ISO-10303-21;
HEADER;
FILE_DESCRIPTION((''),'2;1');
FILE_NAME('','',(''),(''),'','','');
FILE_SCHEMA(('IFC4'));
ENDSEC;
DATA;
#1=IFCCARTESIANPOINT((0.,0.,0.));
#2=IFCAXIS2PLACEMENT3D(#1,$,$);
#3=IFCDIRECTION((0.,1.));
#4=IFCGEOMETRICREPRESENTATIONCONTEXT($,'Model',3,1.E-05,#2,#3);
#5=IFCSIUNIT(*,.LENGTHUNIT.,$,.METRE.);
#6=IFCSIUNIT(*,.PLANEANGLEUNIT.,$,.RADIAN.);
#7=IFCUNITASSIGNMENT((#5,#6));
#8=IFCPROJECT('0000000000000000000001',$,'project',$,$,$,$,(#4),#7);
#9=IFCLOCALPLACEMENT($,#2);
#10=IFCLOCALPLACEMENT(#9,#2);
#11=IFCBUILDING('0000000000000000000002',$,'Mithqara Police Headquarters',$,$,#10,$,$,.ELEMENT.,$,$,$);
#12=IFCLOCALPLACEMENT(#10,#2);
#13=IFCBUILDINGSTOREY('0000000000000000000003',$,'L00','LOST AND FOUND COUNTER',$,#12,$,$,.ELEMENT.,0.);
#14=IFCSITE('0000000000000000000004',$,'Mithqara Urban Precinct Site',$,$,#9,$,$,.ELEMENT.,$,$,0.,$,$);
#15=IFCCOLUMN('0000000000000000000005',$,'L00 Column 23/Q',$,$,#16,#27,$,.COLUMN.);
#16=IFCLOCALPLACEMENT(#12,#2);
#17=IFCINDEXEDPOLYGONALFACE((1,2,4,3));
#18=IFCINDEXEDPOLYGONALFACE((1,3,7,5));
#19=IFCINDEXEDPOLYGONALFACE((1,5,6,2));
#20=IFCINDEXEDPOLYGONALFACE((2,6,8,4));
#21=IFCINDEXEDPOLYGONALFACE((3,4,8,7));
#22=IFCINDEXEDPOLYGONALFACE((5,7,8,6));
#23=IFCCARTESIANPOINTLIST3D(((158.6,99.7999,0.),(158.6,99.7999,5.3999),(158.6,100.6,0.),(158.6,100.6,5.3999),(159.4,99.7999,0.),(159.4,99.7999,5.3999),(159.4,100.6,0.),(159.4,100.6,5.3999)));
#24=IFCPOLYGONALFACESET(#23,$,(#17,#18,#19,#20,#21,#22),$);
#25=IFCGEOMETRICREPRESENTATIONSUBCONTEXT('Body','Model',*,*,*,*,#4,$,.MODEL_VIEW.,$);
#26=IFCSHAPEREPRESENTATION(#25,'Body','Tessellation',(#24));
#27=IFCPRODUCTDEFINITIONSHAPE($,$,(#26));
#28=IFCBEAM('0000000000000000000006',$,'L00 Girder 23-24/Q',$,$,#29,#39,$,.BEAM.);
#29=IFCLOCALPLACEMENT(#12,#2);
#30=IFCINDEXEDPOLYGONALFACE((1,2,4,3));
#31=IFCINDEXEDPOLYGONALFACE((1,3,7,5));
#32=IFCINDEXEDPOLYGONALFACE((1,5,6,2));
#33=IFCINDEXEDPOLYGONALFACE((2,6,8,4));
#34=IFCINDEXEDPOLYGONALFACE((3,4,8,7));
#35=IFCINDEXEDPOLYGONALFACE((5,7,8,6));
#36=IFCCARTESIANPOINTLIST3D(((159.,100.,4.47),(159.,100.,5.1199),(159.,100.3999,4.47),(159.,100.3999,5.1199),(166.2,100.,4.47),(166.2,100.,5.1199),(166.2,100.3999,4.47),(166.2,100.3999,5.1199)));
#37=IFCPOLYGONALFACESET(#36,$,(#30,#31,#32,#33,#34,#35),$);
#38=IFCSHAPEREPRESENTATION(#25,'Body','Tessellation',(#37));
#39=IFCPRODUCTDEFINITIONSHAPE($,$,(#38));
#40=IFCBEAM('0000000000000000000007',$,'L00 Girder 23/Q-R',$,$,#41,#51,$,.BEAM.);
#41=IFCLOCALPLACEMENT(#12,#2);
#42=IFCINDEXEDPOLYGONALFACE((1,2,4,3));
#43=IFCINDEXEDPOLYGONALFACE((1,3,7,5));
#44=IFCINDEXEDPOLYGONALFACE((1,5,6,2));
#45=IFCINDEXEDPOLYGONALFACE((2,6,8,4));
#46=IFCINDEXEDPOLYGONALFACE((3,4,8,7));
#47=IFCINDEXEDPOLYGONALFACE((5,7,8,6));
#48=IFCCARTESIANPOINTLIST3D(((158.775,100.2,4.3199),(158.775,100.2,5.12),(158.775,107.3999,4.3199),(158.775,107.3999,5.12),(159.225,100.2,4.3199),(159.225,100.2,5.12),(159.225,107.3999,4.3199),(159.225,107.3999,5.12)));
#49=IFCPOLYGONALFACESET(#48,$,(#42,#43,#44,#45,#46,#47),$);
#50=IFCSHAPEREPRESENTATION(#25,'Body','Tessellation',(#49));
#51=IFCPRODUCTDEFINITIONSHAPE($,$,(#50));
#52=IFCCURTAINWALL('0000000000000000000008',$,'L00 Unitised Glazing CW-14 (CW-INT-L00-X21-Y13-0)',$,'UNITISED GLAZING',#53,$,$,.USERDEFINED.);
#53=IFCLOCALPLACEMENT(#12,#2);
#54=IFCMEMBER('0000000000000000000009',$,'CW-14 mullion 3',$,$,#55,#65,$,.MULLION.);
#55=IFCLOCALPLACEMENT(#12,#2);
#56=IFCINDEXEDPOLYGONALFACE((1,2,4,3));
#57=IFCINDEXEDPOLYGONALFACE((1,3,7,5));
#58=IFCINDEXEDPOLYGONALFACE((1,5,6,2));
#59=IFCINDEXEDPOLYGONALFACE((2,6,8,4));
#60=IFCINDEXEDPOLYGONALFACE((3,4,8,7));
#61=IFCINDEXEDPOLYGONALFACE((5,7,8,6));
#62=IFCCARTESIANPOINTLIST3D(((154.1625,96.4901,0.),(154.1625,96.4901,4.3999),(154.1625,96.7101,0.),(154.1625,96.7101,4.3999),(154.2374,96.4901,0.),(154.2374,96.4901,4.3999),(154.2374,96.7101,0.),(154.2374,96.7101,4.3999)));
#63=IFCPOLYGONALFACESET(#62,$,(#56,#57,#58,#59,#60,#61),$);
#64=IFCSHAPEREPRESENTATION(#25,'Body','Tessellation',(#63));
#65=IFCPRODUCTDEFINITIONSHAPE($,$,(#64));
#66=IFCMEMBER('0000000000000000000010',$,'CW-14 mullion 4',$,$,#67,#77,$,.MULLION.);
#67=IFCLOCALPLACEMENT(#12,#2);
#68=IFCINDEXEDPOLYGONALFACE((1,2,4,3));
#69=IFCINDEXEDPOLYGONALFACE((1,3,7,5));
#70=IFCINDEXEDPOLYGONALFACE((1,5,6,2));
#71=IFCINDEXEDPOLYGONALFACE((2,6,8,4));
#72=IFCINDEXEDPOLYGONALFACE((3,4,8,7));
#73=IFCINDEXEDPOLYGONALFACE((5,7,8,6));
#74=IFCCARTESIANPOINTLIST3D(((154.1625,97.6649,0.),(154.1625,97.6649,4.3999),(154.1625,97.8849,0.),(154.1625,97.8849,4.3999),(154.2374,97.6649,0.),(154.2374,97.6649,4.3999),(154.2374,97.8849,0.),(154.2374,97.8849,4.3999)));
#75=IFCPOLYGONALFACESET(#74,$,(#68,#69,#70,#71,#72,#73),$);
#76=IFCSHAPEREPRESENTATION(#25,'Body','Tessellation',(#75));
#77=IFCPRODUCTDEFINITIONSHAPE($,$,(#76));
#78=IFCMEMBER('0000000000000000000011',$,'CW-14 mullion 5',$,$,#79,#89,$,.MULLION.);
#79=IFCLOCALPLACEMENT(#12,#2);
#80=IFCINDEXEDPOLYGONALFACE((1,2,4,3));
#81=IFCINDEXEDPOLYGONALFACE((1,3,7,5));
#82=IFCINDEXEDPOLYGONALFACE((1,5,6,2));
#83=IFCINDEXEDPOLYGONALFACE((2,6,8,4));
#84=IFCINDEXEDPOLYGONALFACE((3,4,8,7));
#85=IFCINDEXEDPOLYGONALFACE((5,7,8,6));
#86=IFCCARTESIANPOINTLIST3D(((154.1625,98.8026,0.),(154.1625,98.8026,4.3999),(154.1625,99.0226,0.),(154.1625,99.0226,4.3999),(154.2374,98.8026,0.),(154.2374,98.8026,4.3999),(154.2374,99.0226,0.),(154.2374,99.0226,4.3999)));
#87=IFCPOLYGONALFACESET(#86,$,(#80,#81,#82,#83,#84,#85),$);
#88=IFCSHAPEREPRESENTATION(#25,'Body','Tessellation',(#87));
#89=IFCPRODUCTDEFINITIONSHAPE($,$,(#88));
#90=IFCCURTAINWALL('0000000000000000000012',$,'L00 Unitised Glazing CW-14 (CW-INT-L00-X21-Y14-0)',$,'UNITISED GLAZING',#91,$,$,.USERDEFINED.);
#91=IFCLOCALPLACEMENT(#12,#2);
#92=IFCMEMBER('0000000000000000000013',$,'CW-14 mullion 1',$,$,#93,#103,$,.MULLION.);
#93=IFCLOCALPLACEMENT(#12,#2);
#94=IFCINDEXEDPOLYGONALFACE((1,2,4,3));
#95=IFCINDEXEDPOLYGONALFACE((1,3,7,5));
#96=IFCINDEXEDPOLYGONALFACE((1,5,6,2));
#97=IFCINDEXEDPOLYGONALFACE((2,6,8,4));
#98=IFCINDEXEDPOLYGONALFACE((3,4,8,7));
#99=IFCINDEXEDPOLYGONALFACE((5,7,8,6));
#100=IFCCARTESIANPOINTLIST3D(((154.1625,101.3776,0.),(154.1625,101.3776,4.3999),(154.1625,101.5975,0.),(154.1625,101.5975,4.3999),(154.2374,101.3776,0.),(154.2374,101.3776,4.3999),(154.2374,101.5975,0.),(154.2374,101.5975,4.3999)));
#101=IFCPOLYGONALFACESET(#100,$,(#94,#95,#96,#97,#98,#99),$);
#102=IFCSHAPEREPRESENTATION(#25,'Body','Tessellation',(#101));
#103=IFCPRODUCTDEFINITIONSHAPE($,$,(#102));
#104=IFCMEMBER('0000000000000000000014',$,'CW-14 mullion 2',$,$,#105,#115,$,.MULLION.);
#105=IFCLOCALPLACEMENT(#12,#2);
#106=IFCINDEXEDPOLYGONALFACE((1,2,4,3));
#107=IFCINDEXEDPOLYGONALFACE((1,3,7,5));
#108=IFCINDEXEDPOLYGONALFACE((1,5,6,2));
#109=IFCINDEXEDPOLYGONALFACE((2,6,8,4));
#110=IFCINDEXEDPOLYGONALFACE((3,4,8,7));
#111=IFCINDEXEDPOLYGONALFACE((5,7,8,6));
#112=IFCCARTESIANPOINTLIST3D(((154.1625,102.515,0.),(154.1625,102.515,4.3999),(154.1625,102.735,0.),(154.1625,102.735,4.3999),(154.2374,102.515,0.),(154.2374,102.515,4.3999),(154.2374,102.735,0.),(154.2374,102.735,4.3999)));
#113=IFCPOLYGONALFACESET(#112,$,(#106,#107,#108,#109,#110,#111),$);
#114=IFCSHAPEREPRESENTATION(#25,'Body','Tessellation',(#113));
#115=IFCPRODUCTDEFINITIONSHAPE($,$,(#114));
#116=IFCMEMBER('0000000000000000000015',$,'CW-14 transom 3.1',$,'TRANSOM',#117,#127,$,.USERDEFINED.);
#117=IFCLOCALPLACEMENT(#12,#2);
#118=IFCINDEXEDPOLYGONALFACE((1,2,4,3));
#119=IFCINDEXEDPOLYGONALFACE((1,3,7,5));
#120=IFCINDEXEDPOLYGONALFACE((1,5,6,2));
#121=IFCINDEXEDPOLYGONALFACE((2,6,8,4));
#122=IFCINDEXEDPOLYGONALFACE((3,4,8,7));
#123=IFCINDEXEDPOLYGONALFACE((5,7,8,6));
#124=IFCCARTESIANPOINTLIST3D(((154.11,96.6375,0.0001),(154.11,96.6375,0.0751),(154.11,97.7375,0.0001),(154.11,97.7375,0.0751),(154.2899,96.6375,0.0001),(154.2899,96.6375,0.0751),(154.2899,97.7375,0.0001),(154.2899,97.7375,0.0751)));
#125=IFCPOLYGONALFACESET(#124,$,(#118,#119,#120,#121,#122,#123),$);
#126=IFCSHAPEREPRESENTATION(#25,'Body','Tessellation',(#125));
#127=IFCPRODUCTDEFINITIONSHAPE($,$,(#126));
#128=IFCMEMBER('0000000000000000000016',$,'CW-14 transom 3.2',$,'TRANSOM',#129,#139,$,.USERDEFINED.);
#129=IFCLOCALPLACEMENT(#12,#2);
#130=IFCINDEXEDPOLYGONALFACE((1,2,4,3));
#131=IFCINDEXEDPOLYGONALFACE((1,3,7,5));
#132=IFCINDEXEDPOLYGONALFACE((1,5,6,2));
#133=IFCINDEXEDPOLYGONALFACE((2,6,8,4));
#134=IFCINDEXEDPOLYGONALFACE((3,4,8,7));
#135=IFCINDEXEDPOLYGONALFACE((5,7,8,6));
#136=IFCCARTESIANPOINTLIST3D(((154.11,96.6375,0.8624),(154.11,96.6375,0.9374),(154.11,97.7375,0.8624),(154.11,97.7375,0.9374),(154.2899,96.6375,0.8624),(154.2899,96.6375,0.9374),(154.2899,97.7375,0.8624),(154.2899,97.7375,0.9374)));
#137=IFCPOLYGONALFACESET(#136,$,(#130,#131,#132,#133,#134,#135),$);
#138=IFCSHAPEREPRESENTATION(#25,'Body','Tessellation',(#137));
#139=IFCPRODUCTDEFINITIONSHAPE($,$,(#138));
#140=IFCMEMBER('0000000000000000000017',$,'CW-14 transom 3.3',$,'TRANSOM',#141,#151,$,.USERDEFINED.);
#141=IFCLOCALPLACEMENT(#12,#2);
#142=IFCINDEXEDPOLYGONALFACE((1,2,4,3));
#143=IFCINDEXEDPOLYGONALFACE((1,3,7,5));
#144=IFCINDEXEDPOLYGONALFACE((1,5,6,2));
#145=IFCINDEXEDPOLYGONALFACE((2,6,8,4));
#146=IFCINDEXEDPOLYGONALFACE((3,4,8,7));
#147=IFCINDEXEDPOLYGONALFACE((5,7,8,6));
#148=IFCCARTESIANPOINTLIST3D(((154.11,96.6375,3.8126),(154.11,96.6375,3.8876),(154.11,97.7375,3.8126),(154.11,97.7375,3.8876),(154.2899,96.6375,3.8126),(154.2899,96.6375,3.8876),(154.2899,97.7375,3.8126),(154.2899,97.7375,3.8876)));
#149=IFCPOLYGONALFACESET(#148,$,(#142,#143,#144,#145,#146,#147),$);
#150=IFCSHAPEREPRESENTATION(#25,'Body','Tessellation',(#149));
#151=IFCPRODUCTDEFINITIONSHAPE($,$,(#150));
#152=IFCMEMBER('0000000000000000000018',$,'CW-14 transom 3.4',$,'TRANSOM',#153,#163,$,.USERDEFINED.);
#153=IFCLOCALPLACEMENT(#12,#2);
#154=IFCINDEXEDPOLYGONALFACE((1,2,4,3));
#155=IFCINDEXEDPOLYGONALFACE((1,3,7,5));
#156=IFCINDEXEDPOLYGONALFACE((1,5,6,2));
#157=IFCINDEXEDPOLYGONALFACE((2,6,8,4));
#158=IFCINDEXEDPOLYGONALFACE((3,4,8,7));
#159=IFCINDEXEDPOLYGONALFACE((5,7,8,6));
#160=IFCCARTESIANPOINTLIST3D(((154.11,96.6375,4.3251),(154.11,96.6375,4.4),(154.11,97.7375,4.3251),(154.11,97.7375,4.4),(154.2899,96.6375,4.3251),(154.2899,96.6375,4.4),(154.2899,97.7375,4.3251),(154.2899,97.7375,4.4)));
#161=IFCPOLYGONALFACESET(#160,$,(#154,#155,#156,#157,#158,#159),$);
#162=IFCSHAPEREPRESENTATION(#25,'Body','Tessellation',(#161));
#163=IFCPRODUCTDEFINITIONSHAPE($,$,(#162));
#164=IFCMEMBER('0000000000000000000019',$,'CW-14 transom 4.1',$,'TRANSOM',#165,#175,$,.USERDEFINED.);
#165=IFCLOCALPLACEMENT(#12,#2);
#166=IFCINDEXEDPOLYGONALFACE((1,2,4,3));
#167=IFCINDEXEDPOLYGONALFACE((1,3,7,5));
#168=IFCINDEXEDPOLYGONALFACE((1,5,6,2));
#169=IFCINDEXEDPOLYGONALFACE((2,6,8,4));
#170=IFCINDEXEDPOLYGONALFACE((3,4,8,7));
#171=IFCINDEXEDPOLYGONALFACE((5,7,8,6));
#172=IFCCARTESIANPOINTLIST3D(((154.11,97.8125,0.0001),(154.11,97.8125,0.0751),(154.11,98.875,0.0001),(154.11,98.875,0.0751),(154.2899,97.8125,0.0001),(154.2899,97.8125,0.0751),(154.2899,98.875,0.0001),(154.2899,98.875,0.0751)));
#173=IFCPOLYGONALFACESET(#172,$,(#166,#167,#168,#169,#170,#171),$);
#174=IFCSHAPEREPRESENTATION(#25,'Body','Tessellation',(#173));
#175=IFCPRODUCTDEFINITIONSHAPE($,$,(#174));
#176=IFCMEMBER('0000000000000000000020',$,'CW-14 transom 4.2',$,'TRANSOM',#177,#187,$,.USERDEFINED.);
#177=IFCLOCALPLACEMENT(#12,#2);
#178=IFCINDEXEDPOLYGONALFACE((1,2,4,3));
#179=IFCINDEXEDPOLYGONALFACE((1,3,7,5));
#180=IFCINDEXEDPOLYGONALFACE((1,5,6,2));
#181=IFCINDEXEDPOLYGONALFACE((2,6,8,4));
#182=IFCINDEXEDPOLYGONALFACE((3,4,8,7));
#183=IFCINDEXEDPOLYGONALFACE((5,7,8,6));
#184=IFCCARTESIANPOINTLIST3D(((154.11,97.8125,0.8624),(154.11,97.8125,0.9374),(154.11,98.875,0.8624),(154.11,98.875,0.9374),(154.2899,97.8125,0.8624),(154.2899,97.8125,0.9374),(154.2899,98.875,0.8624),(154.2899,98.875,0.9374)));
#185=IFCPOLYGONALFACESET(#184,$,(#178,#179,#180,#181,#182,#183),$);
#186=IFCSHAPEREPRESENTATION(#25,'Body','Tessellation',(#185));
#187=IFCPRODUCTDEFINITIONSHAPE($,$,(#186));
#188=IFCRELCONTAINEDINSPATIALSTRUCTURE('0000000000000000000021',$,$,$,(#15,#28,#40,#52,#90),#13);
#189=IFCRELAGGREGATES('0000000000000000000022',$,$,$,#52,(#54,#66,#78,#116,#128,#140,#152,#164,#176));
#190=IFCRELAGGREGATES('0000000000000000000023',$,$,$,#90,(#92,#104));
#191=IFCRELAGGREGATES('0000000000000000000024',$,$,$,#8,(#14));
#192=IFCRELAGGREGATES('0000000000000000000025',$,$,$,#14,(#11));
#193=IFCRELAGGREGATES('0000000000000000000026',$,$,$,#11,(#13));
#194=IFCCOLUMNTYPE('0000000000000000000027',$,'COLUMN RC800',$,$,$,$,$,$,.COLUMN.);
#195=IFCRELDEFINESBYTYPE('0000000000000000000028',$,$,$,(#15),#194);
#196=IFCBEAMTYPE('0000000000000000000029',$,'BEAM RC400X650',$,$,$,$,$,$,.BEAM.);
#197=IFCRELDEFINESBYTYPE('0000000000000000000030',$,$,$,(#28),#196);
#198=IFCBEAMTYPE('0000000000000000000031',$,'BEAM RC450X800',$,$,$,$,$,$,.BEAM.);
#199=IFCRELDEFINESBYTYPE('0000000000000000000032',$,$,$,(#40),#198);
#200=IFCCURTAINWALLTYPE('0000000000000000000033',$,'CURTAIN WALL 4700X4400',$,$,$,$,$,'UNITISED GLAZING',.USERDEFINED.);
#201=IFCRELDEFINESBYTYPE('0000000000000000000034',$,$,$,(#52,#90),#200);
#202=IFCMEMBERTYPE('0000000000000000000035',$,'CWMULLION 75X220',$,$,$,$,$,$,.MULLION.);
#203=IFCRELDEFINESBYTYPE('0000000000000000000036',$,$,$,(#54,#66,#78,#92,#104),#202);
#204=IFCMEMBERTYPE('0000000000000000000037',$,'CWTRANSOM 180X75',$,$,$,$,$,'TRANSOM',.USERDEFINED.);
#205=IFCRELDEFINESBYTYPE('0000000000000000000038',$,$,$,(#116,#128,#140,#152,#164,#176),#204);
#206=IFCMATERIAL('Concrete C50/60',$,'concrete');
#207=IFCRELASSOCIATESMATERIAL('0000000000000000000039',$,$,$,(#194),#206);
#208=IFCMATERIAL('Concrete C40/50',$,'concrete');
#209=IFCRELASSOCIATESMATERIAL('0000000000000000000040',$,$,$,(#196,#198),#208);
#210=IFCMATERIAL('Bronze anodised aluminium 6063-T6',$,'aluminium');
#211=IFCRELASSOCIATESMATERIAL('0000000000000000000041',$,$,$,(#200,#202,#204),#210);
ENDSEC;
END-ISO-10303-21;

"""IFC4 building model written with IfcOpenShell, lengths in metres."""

from ifc_helpers import new_model, si_unit, direction, frame, origin, origin_2d, place, context, subcontext, project, spatial, rectangle, extrude, material, material_profile, profile_set, type_object, element, aggregate, save


model = new_model("IFC4")

# Units and contexts
model_context = context("Model", 3, precision=1e-05, world=origin(), true_north=direction((0.0, 1.0)))
body_context = subcontext(model_context, "Body", "Model", "MODEL_VIEW")
ifc_project = project(units=[si_unit("LENGTHUNIT", "METRE"), si_unit("PLANEANGLEUNIT", "RADIAN")], contexts=[model_context])

# Site, building, storey
site_placement = place(None, origin())
site = spatial("IfcSite", under=ifc_project, at=site_placement, Name="Mithqara Urban Precinct Site", CompositionType="ELEMENT", RefElevation=0.0)
building_placement = place(site_placement, origin())
building = spatial("IfcBuilding", under=site, at=building_placement, Name="Mithqara Police Headquarters", CompositionType="ELEMENT")
storey_placement = place(building_placement, origin())
storey = spatial("IfcBuildingStorey", under=building, at=storey_placement, Name="L00", Description="LOST AND FOUND COUNTER", CompositionType="ELEMENT", Elevation=0.0)

# Column
ifc_material_1 = material(Name="Concrete C50/60", Category="concrete")
ifc_material_profile_1 = material_profile(ifc_material_1, rectangle(XDim=0.8, YDim=0.8, at=origin_2d()), Name="RC 800x800")
ifc_profile_set_1 = profile_set([ifc_material_profile_1], Name="Concrete C50/60")
column_type = type_object("IfcColumnType", Name="COLUMN RC800", PredefinedType="COLUMN", material=ifc_profile_set_1)
column_placement = place(storey_placement, frame((159.0, 100.2, 0.0), z_axis=(0.0, 0.0, 1.0), x_axis=(1.0, 0.0, 0.0)))
element("IfcColumn", 1, at=column_placement, inside=storey, type_object=column_type, Name="L00 Column 23/Q", PredefinedType="COLUMN", context=body_context, shape_type="SweptSolid", body=[
    extrude(rectangle(XDim=0.8, YDim=0.8, at=origin_2d()), origin(), (0.0, 0.0, 1.0), 5.3999),
])

# Beams
ifc_material_2 = material(Name="Concrete C40/50", Category="concrete")
ifc_material_profile_2 = material_profile(ifc_material_2, rectangle(XDim=0.3999, YDim=0.6499, at=origin_2d()), Name="RC 400x650")
ifc_profile_set_2 = profile_set([ifc_material_profile_2], Name="Concrete C40/50")
beam_type_1 = type_object("IfcBeamType", Name="BEAM RC400X650", PredefinedType="BEAM", material=ifc_profile_set_2)
beam_1_placement = place(storey_placement, frame((159.0, 100.2, 4.7949), z_axis=(1.0, 0.0, 0.0), x_axis=(0.0, 1.0, 0.0)))
element("IfcBeam", 2, at=beam_1_placement, inside=storey, type_object=beam_type_1, Name="L00 Girder 23-24/Q", PredefinedType="BEAM", context=body_context, shape_type="SweptSolid", body=[
    extrude(rectangle(XDim=0.3999, YDim=0.6499, at=origin_2d()), origin(), (0.0, 0.0, 1.0), 7.2),
])
ifc_material_profile_3 = material_profile(ifc_material_2, rectangle(XDim=0.45, YDim=0.8, at=origin_2d()), Name="RC 450x800")
ifc_profile_set_3 = profile_set([ifc_material_profile_3], Name="Concrete C40/50")
beam_type_2 = type_object("IfcBeamType", Name="BEAM RC450X800", PredefinedType="BEAM", material=ifc_profile_set_3)
beam_2_placement = place(storey_placement, frame((159.0, 100.2, 4.72), z_axis=(0.0, 1.0, 0.0), x_axis=(-1.0, 0.0, 0.0)))
element("IfcBeam", 3, at=beam_2_placement, inside=storey, type_object=beam_type_2, Name="L00 Girder 23/Q-R", PredefinedType="BEAM", context=body_context, shape_type="SweptSolid", body=[
    extrude(rectangle(XDim=0.45, YDim=0.8, at=origin_2d()), origin(), (0.0, 0.0, 1.0), 7.2),
])

# Curtain walls, members
ifc_material_3 = material(Name="Bronze anodised aluminium 6063-T6", Category="aluminium")
curtain_wall_type = type_object("IfcCurtainWallType", Name="CURTAIN WALL 4700X4400", ElementType="UNITISED GLAZING", PredefinedType="USERDEFINED", material=ifc_material_3)
curtain_wall_1_placement = place(storey_placement, origin())
curtain_wall_1 = element("IfcCurtainWall", 4, at=curtain_wall_1_placement, inside=storey, type_object=curtain_wall_type, Name="L00 Unitised Glazing CW-14 (CW-INT-L00-X21-Y13-0)", ObjectType="UNITISED GLAZING", PredefinedType="USERDEFINED")
ifc_material_profile_4 = material_profile(ifc_material_3, rectangle(XDim=0.075, YDim=0.22, at=origin_2d()), Name="CWM 75x220")
ifc_profile_set_4 = profile_set([ifc_material_profile_4], Name="Bronze anodised aluminium 6063-T6")
member_type_1 = type_object("IfcMemberType", Name="CWMULLION 75X220", PredefinedType="MULLION", material=ifc_profile_set_4)
member_1_placement = place(storey_placement, frame((154.2, 96.6001, 0.0), z_axis=(0.0, 0.0, 1.0), x_axis=(-1.0, 0.0, 0.0)))
member_1 = element("IfcMember", 5, at=member_1_placement, type_object=member_type_1, Name="CW-14 mullion 3", PredefinedType="MULLION", context=body_context, shape_type="SweptSolid", body=[
    extrude(rectangle(XDim=0.075, YDim=0.22, at=origin_2d()), origin(), (0.0, 0.0, 1.0), 4.3999),
])
member_2_placement = place(storey_placement, frame((154.2, 97.7749, 0.0), z_axis=(0.0, 0.0, 1.0), x_axis=(-1.0, 0.0, 0.0)))
member_2 = element("IfcMember", 6, at=member_2_placement, type_object=member_type_1, Name="CW-14 mullion 4", PredefinedType="MULLION", context=body_context, shape_type="SweptSolid", body=[
    extrude(rectangle(XDim=0.075, YDim=0.22, at=origin_2d()), origin(), (0.0, 0.0, 1.0), 4.3999),
])
member_3_placement = place(storey_placement, frame((154.2, 98.9126, 0.0), z_axis=(0.0, 0.0, 1.0), x_axis=(-1.0, 0.0, 0.0)))
member_3 = element("IfcMember", 7, at=member_3_placement, type_object=member_type_1, Name="CW-14 mullion 5", PredefinedType="MULLION", context=body_context, shape_type="SweptSolid", body=[
    extrude(rectangle(XDim=0.075, YDim=0.22, at=origin_2d()), origin(), (0.0, 0.0, 1.0), 4.3999),
])
curtain_wall_2_placement = place(storey_placement, origin())
curtain_wall_2 = element("IfcCurtainWall", 8, at=curtain_wall_2_placement, inside=storey, type_object=curtain_wall_type, Name="L00 Unitised Glazing CW-14 (CW-INT-L00-X21-Y14-0)", ObjectType="UNITISED GLAZING", PredefinedType="USERDEFINED")
member_4_placement = place(storey_placement, frame((154.2, 101.4875, 0.0), z_axis=(0.0, 0.0, 1.0), x_axis=(-1.0, 0.0, 0.0)))
member_4 = element("IfcMember", 9, at=member_4_placement, type_object=member_type_1, Name="CW-14 mullion 1", PredefinedType="MULLION", context=body_context, shape_type="SweptSolid", body=[
    extrude(rectangle(XDim=0.075, YDim=0.22, at=origin_2d()), origin(), (0.0, 0.0, 1.0), 4.3999),
])
member_5_placement = place(storey_placement, frame((154.2, 102.625, 0.0), z_axis=(0.0, 0.0, 1.0), x_axis=(-1.0, 0.0, 0.0)))
member_5 = element("IfcMember", 10, at=member_5_placement, type_object=member_type_1, Name="CW-14 mullion 2", PredefinedType="MULLION", context=body_context, shape_type="SweptSolid", body=[
    extrude(rectangle(XDim=0.075, YDim=0.22, at=origin_2d()), origin(), (0.0, 0.0, 1.0), 4.3999),
])

# Members
ifc_material_profile_5 = material_profile(ifc_material_3, rectangle(XDim=0.1799, YDim=0.075, at=origin_2d()), Name="CWT 180x75")
ifc_profile_set_5 = profile_set([ifc_material_profile_5], Name="Bronze anodised aluminium 6063-T6")
member_type_2 = type_object("IfcMemberType", Name="CWTRANSOM 180X75", ElementType="TRANSOM", PredefinedType="USERDEFINED", material=ifc_profile_set_5)
member_6_placement = place(storey_placement, frame((154.2, 96.6375, 0.0376), z_axis=(0.0, 1.0, 0.0), x_axis=(-1.0, 0.0, 0.0)))
member_6 = element("IfcMember", 11, at=member_6_placement, type_object=member_type_2, Name="CW-14 transom 3.1", ObjectType="TRANSOM", PredefinedType="USERDEFINED", context=body_context, shape_type="SweptSolid", body=[
    extrude(rectangle(XDim=0.1799, YDim=0.075, at=origin_2d()), origin(), (0.0, 0.0, 1.0), 1.1001),
])
member_7_placement = place(storey_placement, frame((154.2, 96.6375, 0.8999), z_axis=(0.0, 1.0, 0.0), x_axis=(-1.0, 0.0, 0.0)))
member_7 = element("IfcMember", 12, at=member_7_placement, type_object=member_type_2, Name="CW-14 transom 3.2", ObjectType="TRANSOM", PredefinedType="USERDEFINED", context=body_context, shape_type="SweptSolid", body=[
    extrude(rectangle(XDim=0.1799, YDim=0.075, at=origin_2d()), origin(), (0.0, 0.0, 1.0), 1.1001),
])
member_8_placement = place(storey_placement, frame((154.2, 96.6375, 3.8501), z_axis=(0.0, 1.0, 0.0), x_axis=(-1.0, 0.0, 0.0)))
member_8 = element("IfcMember", 13, at=member_8_placement, type_object=member_type_2, Name="CW-14 transom 3.3", ObjectType="TRANSOM", PredefinedType="USERDEFINED", context=body_context, shape_type="SweptSolid", body=[
    extrude(rectangle(XDim=0.1799, YDim=0.075, at=origin_2d()), origin(), (0.0, 0.0, 1.0), 1.1001),
])
member_9_placement = place(storey_placement, frame((154.2, 96.6375, 4.3625), z_axis=(0.0, 1.0, 0.0), x_axis=(-1.0, 0.0, 0.0)))
member_9 = element("IfcMember", 14, at=member_9_placement, type_object=member_type_2, Name="CW-14 transom 3.4", ObjectType="TRANSOM", PredefinedType="USERDEFINED", context=body_context, shape_type="SweptSolid", body=[
    extrude(rectangle(XDim=0.1799, YDim=0.075, at=origin_2d()), origin(), (0.0, 0.0, 1.0), 1.1001),
])
member_10_placement = place(storey_placement, frame((154.2, 97.8125, 0.0376), z_axis=(0.0, 1.0, 0.0), x_axis=(-1.0, 0.0, 0.0)))
member_10 = element("IfcMember", 15, at=member_10_placement, type_object=member_type_2, Name="CW-14 transom 4.1", ObjectType="TRANSOM", PredefinedType="USERDEFINED", context=body_context, shape_type="SweptSolid", body=[
    extrude(rectangle(XDim=0.1799, YDim=0.075, at=origin_2d()), origin(), (0.0, 0.0, 1.0), 1.0625),
])
member_11_placement = place(storey_placement, frame((154.2, 97.8125, 0.8999), z_axis=(0.0, 1.0, 0.0), x_axis=(-1.0, 0.0, 0.0)))
member_11 = element("IfcMember", 16, at=member_11_placement, type_object=member_type_2, Name="CW-14 transom 4.2", ObjectType="TRANSOM", PredefinedType="USERDEFINED", context=body_context, shape_type="SweptSolid", body=[
    extrude(rectangle(XDim=0.1799, YDim=0.075, at=origin_2d()), origin(), (0.0, 0.0, 1.0), 1.0625),
])

aggregate(curtain_wall_1, [member_1, member_2, member_3, member_6, member_7, member_8, member_9, member_10, member_11])
aggregate(curtain_wall_2, [member_4, member_5])

save(model, "model.ifc")
